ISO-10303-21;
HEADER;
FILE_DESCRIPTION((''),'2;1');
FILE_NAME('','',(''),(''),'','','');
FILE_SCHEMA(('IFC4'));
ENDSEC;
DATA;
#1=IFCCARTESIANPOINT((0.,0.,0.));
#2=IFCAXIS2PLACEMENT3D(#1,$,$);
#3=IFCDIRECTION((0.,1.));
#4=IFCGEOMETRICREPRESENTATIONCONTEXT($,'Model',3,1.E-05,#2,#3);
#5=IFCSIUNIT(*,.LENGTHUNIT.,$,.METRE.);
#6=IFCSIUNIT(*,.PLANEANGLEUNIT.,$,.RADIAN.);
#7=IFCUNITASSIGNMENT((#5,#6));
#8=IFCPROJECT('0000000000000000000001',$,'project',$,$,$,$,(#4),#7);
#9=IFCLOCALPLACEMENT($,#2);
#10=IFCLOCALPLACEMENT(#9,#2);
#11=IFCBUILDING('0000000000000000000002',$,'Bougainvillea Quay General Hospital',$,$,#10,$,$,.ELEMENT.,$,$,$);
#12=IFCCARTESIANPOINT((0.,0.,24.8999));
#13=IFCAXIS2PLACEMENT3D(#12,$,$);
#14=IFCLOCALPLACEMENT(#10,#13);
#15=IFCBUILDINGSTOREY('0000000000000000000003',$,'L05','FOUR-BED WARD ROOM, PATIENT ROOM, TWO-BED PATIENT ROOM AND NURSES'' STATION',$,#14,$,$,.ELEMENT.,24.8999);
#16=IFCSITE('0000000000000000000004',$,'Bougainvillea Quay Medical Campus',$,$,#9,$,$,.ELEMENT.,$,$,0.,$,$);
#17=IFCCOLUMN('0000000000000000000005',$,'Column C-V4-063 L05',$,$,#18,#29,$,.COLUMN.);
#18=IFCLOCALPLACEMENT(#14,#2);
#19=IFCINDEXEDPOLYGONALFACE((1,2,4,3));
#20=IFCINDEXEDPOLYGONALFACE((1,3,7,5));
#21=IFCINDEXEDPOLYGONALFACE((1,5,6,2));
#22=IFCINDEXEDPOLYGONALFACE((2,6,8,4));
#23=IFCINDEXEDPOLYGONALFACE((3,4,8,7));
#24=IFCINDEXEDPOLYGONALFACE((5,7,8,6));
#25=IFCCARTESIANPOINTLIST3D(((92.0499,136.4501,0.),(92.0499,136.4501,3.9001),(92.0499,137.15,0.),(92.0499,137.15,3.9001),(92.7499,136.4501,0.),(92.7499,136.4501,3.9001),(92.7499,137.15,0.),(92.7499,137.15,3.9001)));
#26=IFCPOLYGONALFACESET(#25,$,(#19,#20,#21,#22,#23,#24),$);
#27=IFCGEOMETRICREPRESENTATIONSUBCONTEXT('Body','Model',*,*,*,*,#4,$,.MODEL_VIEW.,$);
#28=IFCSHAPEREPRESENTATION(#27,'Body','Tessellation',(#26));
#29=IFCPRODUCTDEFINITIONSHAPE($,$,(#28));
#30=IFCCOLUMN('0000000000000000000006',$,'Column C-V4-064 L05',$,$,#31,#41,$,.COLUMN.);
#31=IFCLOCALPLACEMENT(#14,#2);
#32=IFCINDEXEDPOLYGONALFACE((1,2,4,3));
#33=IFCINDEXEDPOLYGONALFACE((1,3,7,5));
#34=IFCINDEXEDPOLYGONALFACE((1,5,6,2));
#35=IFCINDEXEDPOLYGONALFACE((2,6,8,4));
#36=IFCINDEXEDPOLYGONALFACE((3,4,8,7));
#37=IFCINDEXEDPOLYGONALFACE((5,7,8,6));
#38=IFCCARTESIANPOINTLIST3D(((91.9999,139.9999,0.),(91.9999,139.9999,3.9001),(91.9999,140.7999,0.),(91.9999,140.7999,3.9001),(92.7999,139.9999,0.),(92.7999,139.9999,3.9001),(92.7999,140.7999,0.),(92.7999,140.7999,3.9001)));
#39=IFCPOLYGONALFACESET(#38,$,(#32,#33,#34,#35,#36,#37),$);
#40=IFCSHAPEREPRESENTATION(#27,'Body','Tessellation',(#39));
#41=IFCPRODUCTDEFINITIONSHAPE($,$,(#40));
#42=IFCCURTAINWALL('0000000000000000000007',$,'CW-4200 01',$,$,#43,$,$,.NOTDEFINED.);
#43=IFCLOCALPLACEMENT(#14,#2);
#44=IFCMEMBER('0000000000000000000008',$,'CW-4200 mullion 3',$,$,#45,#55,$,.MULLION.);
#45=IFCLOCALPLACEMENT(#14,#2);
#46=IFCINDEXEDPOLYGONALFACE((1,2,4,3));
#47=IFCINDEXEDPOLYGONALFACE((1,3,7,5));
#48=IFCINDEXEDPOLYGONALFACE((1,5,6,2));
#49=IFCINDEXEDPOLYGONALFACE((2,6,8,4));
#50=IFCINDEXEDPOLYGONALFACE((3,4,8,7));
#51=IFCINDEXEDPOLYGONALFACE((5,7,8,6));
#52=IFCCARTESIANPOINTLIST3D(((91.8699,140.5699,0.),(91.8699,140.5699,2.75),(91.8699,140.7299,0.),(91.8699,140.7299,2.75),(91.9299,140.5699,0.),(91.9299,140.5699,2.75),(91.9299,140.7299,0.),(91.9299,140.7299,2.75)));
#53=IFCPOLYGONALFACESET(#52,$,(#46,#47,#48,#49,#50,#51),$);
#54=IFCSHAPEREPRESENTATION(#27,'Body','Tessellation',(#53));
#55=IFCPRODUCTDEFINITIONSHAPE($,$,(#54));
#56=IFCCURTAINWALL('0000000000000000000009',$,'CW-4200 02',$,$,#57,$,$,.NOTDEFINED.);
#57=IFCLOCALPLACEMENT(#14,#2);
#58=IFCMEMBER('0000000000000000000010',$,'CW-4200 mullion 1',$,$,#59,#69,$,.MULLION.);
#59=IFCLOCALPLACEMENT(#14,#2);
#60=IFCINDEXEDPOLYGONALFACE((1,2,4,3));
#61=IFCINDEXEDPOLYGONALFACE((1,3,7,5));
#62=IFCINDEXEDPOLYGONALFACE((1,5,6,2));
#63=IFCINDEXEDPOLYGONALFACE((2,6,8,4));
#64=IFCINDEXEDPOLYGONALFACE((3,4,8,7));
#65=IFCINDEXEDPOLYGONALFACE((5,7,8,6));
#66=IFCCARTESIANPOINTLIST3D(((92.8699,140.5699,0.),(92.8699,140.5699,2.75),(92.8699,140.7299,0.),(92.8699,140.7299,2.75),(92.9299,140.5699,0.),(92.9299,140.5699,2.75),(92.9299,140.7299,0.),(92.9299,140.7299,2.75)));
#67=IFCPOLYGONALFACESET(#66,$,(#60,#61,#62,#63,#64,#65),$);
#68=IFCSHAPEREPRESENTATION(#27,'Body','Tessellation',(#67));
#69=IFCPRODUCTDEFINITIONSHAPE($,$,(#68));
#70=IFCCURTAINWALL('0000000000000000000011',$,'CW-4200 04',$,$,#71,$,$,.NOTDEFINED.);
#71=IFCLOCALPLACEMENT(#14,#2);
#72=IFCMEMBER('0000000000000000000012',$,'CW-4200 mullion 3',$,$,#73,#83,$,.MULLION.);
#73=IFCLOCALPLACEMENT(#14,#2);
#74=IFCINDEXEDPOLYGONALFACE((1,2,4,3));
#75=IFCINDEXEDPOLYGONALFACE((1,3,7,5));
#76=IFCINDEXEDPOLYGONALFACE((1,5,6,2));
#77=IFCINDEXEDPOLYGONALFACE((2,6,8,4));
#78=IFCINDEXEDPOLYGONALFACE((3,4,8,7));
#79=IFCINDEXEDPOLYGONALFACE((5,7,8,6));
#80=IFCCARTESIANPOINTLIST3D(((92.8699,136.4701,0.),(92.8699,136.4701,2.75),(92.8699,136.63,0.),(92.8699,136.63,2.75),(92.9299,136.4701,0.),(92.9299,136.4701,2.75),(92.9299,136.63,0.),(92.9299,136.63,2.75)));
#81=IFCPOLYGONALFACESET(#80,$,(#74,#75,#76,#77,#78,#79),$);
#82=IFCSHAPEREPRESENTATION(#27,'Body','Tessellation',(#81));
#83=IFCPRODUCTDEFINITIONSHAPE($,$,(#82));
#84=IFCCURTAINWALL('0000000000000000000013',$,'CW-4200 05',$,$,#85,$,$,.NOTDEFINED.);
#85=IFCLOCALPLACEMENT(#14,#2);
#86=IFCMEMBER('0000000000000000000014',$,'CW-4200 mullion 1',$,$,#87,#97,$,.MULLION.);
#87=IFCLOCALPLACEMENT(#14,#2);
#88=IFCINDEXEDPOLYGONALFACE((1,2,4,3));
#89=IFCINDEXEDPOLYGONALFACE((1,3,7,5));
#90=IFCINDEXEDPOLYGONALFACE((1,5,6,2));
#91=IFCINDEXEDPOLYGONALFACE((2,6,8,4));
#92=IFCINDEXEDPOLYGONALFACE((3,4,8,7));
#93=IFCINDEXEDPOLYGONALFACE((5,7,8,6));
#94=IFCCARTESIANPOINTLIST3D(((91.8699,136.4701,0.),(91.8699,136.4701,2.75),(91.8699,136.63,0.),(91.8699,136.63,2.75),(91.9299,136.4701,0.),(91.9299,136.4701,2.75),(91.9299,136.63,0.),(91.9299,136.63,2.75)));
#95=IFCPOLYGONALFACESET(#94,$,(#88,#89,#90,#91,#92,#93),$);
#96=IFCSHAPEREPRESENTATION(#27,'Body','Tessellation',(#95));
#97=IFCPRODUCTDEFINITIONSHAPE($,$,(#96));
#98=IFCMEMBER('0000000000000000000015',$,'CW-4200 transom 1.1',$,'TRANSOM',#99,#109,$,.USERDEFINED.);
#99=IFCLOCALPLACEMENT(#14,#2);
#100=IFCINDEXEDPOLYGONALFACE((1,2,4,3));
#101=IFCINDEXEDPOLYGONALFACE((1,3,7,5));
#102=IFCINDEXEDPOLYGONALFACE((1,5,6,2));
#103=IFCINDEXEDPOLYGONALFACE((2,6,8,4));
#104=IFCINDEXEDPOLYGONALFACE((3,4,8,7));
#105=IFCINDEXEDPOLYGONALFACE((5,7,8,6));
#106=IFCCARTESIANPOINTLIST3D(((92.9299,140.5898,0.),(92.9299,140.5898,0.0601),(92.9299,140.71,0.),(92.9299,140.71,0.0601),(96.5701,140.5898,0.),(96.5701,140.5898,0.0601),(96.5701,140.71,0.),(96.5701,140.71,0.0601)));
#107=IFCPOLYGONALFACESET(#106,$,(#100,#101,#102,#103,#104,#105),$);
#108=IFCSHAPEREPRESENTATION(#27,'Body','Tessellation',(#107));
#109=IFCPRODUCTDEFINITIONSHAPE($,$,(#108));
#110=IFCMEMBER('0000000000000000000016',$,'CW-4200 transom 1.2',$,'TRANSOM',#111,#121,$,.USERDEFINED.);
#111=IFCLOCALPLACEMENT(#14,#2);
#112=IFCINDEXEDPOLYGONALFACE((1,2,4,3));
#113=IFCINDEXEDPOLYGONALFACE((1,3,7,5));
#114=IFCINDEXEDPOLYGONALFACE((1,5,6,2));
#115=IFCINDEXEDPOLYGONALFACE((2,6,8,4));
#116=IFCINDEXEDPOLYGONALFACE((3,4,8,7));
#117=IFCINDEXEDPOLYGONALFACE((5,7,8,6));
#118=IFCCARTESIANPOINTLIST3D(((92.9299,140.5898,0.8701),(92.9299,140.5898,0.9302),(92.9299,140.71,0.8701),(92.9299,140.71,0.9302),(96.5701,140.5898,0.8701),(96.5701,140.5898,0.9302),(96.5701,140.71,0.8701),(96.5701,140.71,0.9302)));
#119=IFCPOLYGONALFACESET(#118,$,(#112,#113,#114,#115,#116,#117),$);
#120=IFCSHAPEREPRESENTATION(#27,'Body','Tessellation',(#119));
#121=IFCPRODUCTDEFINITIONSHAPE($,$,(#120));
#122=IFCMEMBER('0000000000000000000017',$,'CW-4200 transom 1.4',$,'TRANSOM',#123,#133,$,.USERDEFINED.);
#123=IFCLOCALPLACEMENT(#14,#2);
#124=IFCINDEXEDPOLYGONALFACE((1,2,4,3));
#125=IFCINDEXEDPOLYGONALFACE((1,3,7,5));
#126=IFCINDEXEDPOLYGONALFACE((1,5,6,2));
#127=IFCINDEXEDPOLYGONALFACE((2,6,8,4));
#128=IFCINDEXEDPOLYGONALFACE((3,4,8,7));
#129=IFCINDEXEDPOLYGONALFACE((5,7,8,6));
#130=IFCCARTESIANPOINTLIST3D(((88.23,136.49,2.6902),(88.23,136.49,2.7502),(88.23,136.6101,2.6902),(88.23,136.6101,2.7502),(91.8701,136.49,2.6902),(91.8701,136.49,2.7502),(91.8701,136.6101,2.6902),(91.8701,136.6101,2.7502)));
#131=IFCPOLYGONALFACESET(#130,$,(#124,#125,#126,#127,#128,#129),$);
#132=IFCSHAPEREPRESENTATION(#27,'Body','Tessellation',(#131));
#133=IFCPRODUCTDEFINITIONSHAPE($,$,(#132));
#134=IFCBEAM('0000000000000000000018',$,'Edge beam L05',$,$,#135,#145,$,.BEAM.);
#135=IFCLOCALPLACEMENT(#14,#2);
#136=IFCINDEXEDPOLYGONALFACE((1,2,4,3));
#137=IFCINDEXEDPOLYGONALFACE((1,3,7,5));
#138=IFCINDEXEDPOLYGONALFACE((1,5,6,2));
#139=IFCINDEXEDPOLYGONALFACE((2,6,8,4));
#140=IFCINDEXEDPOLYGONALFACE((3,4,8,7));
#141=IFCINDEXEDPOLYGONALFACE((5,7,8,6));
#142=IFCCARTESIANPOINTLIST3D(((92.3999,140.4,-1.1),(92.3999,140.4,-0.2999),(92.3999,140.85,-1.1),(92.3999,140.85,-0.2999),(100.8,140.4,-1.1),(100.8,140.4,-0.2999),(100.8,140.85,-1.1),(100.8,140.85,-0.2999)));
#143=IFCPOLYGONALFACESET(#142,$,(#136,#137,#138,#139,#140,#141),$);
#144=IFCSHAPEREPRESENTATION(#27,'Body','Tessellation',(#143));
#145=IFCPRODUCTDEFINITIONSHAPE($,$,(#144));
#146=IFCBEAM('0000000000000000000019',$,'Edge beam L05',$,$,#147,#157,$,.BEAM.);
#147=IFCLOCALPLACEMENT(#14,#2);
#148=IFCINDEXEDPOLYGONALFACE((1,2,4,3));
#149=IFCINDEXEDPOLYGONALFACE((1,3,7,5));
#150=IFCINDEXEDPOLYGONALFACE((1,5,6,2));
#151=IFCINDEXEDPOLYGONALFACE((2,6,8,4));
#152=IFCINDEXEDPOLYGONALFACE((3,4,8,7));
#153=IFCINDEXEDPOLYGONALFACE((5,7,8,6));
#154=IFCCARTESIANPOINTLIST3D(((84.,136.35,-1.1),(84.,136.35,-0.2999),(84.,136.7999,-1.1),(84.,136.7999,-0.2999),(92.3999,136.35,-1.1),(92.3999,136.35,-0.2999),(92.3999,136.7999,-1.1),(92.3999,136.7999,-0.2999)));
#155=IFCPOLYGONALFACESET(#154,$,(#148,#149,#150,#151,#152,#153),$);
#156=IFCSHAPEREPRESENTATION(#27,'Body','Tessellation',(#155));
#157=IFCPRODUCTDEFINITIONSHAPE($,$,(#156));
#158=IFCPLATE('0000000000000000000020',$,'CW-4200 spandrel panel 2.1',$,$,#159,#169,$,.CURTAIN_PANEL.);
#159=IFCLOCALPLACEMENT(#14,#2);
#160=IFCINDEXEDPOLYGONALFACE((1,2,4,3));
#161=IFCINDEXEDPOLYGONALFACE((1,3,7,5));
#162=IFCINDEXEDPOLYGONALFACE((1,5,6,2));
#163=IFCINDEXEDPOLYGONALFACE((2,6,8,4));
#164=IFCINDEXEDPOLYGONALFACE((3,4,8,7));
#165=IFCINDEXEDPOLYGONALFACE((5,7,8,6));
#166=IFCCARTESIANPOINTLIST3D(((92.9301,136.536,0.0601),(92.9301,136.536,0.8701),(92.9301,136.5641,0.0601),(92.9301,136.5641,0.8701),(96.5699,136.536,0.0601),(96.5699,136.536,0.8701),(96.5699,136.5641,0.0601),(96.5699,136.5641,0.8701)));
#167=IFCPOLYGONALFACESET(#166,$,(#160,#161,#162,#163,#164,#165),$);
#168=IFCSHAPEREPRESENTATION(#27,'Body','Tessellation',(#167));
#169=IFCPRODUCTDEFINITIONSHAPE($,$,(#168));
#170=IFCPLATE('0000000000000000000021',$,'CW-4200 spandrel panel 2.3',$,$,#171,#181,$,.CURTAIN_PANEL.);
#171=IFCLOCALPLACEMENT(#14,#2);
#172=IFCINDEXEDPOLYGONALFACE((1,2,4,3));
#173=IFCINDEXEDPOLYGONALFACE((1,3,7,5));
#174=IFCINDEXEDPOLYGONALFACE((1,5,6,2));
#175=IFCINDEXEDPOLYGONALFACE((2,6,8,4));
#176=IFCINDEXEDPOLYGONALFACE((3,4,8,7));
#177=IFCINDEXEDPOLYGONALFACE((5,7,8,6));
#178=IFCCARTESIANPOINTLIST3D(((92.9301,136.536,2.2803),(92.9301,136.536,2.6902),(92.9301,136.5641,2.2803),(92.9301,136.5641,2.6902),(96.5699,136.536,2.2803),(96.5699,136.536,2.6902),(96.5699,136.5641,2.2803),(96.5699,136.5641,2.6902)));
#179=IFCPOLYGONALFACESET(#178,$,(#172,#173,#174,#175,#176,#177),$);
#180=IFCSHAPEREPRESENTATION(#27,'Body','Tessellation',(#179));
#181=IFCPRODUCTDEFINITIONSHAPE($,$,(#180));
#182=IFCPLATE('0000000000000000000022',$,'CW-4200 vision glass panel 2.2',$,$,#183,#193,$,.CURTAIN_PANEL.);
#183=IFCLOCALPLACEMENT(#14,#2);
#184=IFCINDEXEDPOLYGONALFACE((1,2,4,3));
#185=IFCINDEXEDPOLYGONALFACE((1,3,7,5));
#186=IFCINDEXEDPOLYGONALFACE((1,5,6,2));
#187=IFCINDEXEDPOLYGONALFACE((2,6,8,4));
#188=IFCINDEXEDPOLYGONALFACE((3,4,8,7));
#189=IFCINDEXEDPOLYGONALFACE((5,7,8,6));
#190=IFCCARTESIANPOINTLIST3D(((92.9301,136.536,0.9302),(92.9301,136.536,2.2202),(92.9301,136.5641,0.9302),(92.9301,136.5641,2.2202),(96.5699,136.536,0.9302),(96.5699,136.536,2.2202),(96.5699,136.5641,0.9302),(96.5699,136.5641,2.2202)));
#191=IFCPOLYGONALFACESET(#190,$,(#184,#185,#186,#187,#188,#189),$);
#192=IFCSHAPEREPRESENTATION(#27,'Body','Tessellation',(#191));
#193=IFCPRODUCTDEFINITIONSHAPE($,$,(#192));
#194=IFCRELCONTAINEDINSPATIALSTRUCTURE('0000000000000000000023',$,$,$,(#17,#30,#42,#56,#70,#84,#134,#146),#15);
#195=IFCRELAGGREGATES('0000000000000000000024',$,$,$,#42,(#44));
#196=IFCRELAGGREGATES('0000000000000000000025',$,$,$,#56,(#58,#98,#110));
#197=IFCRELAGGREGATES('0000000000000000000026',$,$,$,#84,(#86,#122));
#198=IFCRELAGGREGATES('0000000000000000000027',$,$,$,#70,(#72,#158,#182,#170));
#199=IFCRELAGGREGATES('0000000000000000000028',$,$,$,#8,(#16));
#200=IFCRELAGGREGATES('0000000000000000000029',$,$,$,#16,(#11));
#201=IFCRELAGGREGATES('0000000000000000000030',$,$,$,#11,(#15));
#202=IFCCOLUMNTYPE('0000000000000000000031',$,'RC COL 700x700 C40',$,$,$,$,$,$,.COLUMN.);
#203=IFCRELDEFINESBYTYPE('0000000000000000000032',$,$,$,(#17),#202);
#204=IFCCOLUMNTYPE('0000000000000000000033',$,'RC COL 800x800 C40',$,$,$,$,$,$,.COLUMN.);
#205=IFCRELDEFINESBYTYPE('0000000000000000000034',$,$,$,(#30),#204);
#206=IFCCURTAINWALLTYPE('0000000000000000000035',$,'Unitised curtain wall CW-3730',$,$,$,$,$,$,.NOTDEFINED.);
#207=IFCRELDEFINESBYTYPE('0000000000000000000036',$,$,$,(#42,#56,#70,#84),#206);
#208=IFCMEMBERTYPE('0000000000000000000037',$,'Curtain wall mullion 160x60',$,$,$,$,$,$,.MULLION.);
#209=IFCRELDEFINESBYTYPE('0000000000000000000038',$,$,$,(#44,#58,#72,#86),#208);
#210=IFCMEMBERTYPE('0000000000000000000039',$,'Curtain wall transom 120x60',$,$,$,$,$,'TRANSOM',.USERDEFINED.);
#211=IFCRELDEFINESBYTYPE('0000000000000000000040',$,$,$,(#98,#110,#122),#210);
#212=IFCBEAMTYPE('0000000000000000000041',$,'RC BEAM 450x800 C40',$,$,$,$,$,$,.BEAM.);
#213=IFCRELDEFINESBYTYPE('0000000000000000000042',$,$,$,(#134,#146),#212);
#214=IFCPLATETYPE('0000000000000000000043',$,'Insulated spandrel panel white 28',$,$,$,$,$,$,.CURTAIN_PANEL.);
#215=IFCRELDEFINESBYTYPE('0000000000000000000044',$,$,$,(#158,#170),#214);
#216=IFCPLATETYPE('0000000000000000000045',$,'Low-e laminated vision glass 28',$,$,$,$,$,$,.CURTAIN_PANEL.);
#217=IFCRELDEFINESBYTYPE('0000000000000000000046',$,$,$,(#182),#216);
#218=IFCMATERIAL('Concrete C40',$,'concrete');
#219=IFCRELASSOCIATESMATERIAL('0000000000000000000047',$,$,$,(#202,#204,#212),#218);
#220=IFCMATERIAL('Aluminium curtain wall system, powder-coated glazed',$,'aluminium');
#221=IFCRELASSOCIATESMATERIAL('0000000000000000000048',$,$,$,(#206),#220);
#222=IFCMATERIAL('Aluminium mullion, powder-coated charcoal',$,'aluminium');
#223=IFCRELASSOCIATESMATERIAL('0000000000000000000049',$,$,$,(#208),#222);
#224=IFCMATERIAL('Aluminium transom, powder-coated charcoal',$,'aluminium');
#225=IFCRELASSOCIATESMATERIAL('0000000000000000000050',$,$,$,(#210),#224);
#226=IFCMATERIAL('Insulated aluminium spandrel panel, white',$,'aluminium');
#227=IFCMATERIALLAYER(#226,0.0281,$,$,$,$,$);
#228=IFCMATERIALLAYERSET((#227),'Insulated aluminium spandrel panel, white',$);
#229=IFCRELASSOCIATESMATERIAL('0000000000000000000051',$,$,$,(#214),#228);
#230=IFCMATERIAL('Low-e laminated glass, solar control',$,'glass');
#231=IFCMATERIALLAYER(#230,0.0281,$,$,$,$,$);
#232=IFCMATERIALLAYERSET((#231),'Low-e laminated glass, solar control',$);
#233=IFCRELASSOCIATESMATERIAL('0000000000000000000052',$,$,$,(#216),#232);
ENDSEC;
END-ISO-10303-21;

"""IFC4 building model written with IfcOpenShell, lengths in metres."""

from ifc_helpers import new_model, si_unit, direction, frame, origin, origin_2d, place, context, subcontext, project, spatial, rectangle, extrude, material, layer, layer_set, material_profile, profile_set, type_object, element, aggregate, save


model = new_model("IFC4")

# Units and contexts
model_context = context("Model", 3, precision=1e-05, world=origin(), true_north=direction((0.0, 1.0)))
body_context = subcontext(model_context, "Body", "Model", "MODEL_VIEW")
ifc_project = project(units=[si_unit("LENGTHUNIT", "METRE"), si_unit("PLANEANGLEUNIT", "RADIAN")], contexts=[model_context])

# Site, building, storey
site_placement = place(None, origin())
site = spatial("IfcSite", under=ifc_project, at=site_placement, Name="Bougainvillea Quay Medical Campus", CompositionType="ELEMENT", RefElevation=0.0)
building_placement = place(site_placement, origin())
building = spatial("IfcBuilding", under=site, at=building_placement, Name="Bougainvillea Quay General Hospital", CompositionType="ELEMENT")
storey_placement = place(building_placement, frame((0.0, 0.0, 24.8999)))
storey = spatial("IfcBuildingStorey", under=building, at=storey_placement, Name="L05", Description="FOUR-BED WARD ROOM, PATIENT ROOM, TWO-BED PATIENT ROOM AND NURSES' STATION", CompositionType="ELEMENT", Elevation=24.8999)

# Columns
ifc_material_1 = material(Name="Concrete C40", Category="concrete")
ifc_material_profile_1 = material_profile(ifc_material_1, rectangle(XDim=0.7, YDim=0.7, at=origin_2d()))
ifc_profile_set_1 = profile_set([ifc_material_profile_1], Name="Concrete C40")
column_type_1 = type_object("IfcColumnType", Name="RC COL 700x700 C40", PredefinedType="COLUMN", material=ifc_profile_set_1)
column_1_placement = place(storey_placement, frame((92.3999, 136.8, 0.0), z_axis=(0.0, 0.0, 1.0), x_axis=(1.0, 0.0, 0.0)))
element("IfcColumn", 1, at=column_1_placement, inside=storey, type_object=column_type_1, Name="Column C-V4-063 L05", PredefinedType="COLUMN", context=body_context, shape_type="SweptSolid", body=[
    extrude(rectangle(XDim=0.7, YDim=0.7, at=origin_2d()), origin(), (0.0, 0.0, 1.0), 3.9001),
])
ifc_material_profile_2 = material_profile(ifc_material_1, rectangle(XDim=0.8, YDim=0.8, at=origin_2d()))
ifc_profile_set_2 = profile_set([ifc_material_profile_2], Name="Concrete C40")
column_type_2 = type_object("IfcColumnType", Name="RC COL 800x800 C40", PredefinedType="COLUMN", material=ifc_profile_set_2)
column_2_placement = place(storey_placement, frame((92.3999, 140.3999, 0.0), z_axis=(0.0, 0.0, 1.0), x_axis=(1.0, 0.0, 0.0)))
element("IfcColumn", 2, at=column_2_placement, inside=storey, type_object=column_type_2, Name="Column C-V4-064 L05", PredefinedType="COLUMN", context=body_context, shape_type="SweptSolid", body=[
    extrude(rectangle(XDim=0.8, YDim=0.8, at=origin_2d()), origin(), (0.0, 0.0, 1.0), 3.9001),
])

# Curtain walls, members
ifc_material_2 = material(Name="Aluminium curtain wall system, powder-coated glazed", Category="aluminium")
curtain_wall_type = type_object("IfcCurtainWallType", Name="Unitised curtain wall CW-3730", PredefinedType="NOTDEFINED", material=ifc_material_2)
curtain_wall_1_placement = place(storey_placement, origin())
curtain_wall_1 = element("IfcCurtainWall", 3, at=curtain_wall_1_placement, inside=storey, type_object=curtain_wall_type, Name="CW-4200 01", PredefinedType="NOTDEFINED")
ifc_material_3 = material(Name="Aluminium mullion, powder-coated charcoal", Category="aluminium")
ifc_material_profile_3 = material_profile(ifc_material_3, rectangle(XDim=0.1599, YDim=0.0601, at=origin_2d()))
ifc_profile_set_3 = profile_set([ifc_material_profile_3], Name="Aluminium mullion, powder-coated charcoal")
member_type_1 = type_object("IfcMemberType", Name="Curtain wall mullion 160x60", PredefinedType="MULLION", material=ifc_profile_set_3)
member_1_placement = place(storey_placement, frame((91.8999, 140.6499, 0.0), z_axis=(0.0, 0.0, 1.0), x_axis=(0.0, 1.0, 0.0)))
member_1 = element("IfcMember", 4, at=member_1_placement, type_object=member_type_1, Name="CW-4200 mullion 3", PredefinedType="MULLION", context=body_context, shape_type="SweptSolid", body=[
    extrude(rectangle(XDim=0.1599, YDim=0.0601, at=origin_2d()), origin(), (0.0, 0.0, 1.0), 2.75),
])
aggregate(curtain_wall_1, [member_1])
curtain_wall_2_placement = place(storey_placement, origin())
curtain_wall_2 = element("IfcCurtainWall", 5, at=curtain_wall_2_placement, inside=storey, type_object=curtain_wall_type, Name="CW-4200 02", PredefinedType="NOTDEFINED")
member_2_placement = place(storey_placement, frame((92.8999, 140.6499, 0.0), z_axis=(0.0, 0.0, 1.0), x_axis=(0.0, 1.0, 0.0)))
member_2 = element("IfcMember", 6, at=member_2_placement, type_object=member_type_1, Name="CW-4200 mullion 1", PredefinedType="MULLION", context=body_context, shape_type="SweptSolid", body=[
    extrude(rectangle(XDim=0.1599, YDim=0.0601, at=origin_2d()), origin(), (0.0, 0.0, 1.0), 2.75),
])
curtain_wall_3_placement = place(storey_placement, origin())
curtain_wall_3 = element("IfcCurtainWall", 7, at=curtain_wall_3_placement, inside=storey, type_object=curtain_wall_type, Name="CW-4200 04", PredefinedType="NOTDEFINED")
member_3_placement = place(storey_placement, frame((92.8999, 136.55, 0.0), z_axis=(0.0, 0.0, 1.0), x_axis=(0.0, -1.0, 0.0)))
member_3 = element("IfcMember", 8, at=member_3_placement, type_object=member_type_1, Name="CW-4200 mullion 3", PredefinedType="MULLION", context=body_context, shape_type="SweptSolid", body=[
    extrude(rectangle(XDim=0.1599, YDim=0.0601, at=origin_2d()), origin(), (0.0, 0.0, 1.0), 2.75),
])
curtain_wall_4_placement = place(storey_placement, origin())
curtain_wall_4 = element("IfcCurtainWall", 9, at=curtain_wall_4_placement, inside=storey, type_object=curtain_wall_type, Name="CW-4200 05", PredefinedType="NOTDEFINED")
member_4_placement = place(storey_placement, frame((91.8999, 136.55, 0.0), z_axis=(0.0, 0.0, 1.0), x_axis=(0.0, -1.0, 0.0)))
member_4 = element("IfcMember", 10, at=member_4_placement, type_object=member_type_1, Name="CW-4200 mullion 1", PredefinedType="MULLION", context=body_context, shape_type="SweptSolid", body=[
    extrude(rectangle(XDim=0.1599, YDim=0.0601, at=origin_2d()), origin(), (0.0, 0.0, 1.0), 2.75),
])

# Members
ifc_material_4 = material(Name="Aluminium transom, powder-coated charcoal", Category="aluminium")
ifc_material_profile_4 = material_profile(ifc_material_4, rectangle(XDim=0.1201, YDim=0.0601, at=origin_2d()))
ifc_profile_set_4 = profile_set([ifc_material_profile_4], Name="Aluminium transom, powder-coated charcoal")
member_type_2 = type_object("IfcMemberType", Name="Curtain wall transom 120x60", ElementType="TRANSOM", PredefinedType="USERDEFINED", material=ifc_profile_set_4)
member_5_placement = place(storey_placement, frame((92.9299, 140.6499, 0.03), z_axis=(1.0, 0.0, 0.0), x_axis=(0.0, 1.0, 0.0)))
member_5 = element("IfcMember", 11, at=member_5_placement, type_object=member_type_2, Name="CW-4200 transom 1.1", ObjectType="TRANSOM", PredefinedType="USERDEFINED", context=body_context, shape_type="SweptSolid", body=[
    extrude(rectangle(XDim=0.1201, YDim=0.0601, at=origin_2d()), origin(), (0.0, 0.0, 1.0), 3.6401),
])
member_6_placement = place(storey_placement, frame((92.9299, 140.6499, 0.9001), z_axis=(1.0, 0.0, 0.0), x_axis=(0.0, 1.0, 0.0)))
member_6 = element("IfcMember", 12, at=member_6_placement, type_object=member_type_2, Name="CW-4200 transom 1.2", ObjectType="TRANSOM", PredefinedType="USERDEFINED", context=body_context, shape_type="SweptSolid", body=[
    extrude(rectangle(XDim=0.1201, YDim=0.0601, at=origin_2d()), origin(), (0.0, 0.0, 1.0), 3.6401),
])
aggregate(curtain_wall_2, [member_2, member_5, member_6])
member_7_placement = place(storey_placement, frame((91.8701, 136.55, 2.7202), z_axis=(-1.0, 0.0, 0.0), x_axis=(0.0, -1.0, 0.0)))
member_7 = element("IfcMember", 13, at=member_7_placement, type_object=member_type_2, Name="CW-4200 transom 1.4", ObjectType="TRANSOM", PredefinedType="USERDEFINED", context=body_context, shape_type="SweptSolid", body=[
    extrude(rectangle(XDim=0.1201, YDim=0.0601, at=origin_2d()), origin(), (0.0, 0.0, 1.0), 3.6401),
])
aggregate(curtain_wall_4, [member_4, member_7])

# Beams
ifc_material_profile_5 = material_profile(ifc_material_1, rectangle(XDim=0.45, YDim=0.8, at=origin_2d()))
ifc_profile_set_5 = profile_set([ifc_material_profile_5], Name="Concrete C40")
beam_type = type_object("IfcBeamType", Name="RC BEAM 450x800 C40", PredefinedType="BEAM", material=ifc_profile_set_5)
beam_1_placement = place(storey_placement, frame((92.3999, 140.625, -0.7), z_axis=(1.0, 0.0, 0.0), x_axis=(0.0, 1.0, 0.0)))
element("IfcBeam", 14, at=beam_1_placement, inside=storey, type_object=beam_type, Name="Edge beam L05", PredefinedType="BEAM", context=body_context, shape_type="SweptSolid", body=[
    extrude(rectangle(XDim=0.45, YDim=0.8, at=origin_2d()), origin(), (0.0, 0.0, 1.0), 8.4001),
])
beam_2_placement = place(storey_placement, frame((92.3999, 136.575, -0.7), z_axis=(-1.0, 0.0, 0.0), x_axis=(0.0, -1.0, 0.0)))
element("IfcBeam", 15, at=beam_2_placement, inside=storey, type_object=beam_type, Name="Edge beam L05", PredefinedType="BEAM", context=body_context, shape_type="SweptSolid", body=[
    extrude(rectangle(XDim=0.45, YDim=0.8, at=origin_2d()), origin(), (0.0, 0.0, 1.0), 8.3999),
])

# Plates
ifc_material_5 = material(Name="Insulated aluminium spandrel panel, white", Category="aluminium")
ifc_layer_1 = layer(ifc_material_5, 0.0281)
ifc_layer_set_1 = layer_set([ifc_layer_1], Name="Insulated aluminium spandrel panel, white")
plate_type_1 = type_object("IfcPlateType", Name="Insulated spandrel panel white 28", PredefinedType="CURTAIN_PANEL", material=ifc_layer_set_1)
plate_1_placement = place(storey_placement, frame((94.75, 136.55, 0.0601), z_axis=(0.0, 0.0, 1.0), x_axis=(-1.0, 0.0, 0.0)))
plate_1 = element("IfcPlate", 16, at=plate_1_placement, type_object=plate_type_1, Name="CW-4200 spandrel panel 2.1", PredefinedType="CURTAIN_PANEL", context=body_context, shape_type="SweptSolid", body=[
    extrude(rectangle(XDim=3.6399, YDim=0.0281, at=origin_2d()), origin(), (0.0, 0.0, 1.0), 0.8101),
])
plate_2_placement = place(storey_placement, frame((94.75, 136.55, 2.2803), z_axis=(0.0, 0.0, 1.0), x_axis=(-1.0, 0.0, 0.0)))
plate_2 = element("IfcPlate", 17, at=plate_2_placement, type_object=plate_type_1, Name="CW-4200 spandrel panel 2.3", PredefinedType="CURTAIN_PANEL", context=body_context, shape_type="SweptSolid", body=[
    extrude(rectangle(XDim=3.6399, YDim=0.0281, at=origin_2d()), origin(), (0.0, 0.0, 1.0), 0.4099),
])
ifc_material_6 = material(Name="Low-e laminated glass, solar control", Category="glass")
ifc_layer_2 = layer(ifc_material_6, 0.0281)
ifc_layer_set_2 = layer_set([ifc_layer_2], Name="Low-e laminated glass, solar control")
plate_type_2 = type_object("IfcPlateType", Name="Low-e laminated vision glass 28", PredefinedType="CURTAIN_PANEL", material=ifc_layer_set_2)
plate_3_placement = place(storey_placement, frame((94.75, 136.55, 0.9302), z_axis=(0.0, 0.0, 1.0), x_axis=(-1.0, 0.0, 0.0)))
plate_3 = element("IfcPlate", 18, at=plate_3_placement, type_object=plate_type_2, Name="CW-4200 vision glass panel 2.2", PredefinedType="CURTAIN_PANEL", context=body_context, shape_type="SweptSolid", body=[
    extrude(rectangle(XDim=3.6399, YDim=0.0281, at=origin_2d()), origin(), (0.0, 0.0, 1.0), 1.29),
])
aggregate(curtain_wall_3, [member_3, plate_1, plate_3, plate_2])

save(model, "model.ifc")
